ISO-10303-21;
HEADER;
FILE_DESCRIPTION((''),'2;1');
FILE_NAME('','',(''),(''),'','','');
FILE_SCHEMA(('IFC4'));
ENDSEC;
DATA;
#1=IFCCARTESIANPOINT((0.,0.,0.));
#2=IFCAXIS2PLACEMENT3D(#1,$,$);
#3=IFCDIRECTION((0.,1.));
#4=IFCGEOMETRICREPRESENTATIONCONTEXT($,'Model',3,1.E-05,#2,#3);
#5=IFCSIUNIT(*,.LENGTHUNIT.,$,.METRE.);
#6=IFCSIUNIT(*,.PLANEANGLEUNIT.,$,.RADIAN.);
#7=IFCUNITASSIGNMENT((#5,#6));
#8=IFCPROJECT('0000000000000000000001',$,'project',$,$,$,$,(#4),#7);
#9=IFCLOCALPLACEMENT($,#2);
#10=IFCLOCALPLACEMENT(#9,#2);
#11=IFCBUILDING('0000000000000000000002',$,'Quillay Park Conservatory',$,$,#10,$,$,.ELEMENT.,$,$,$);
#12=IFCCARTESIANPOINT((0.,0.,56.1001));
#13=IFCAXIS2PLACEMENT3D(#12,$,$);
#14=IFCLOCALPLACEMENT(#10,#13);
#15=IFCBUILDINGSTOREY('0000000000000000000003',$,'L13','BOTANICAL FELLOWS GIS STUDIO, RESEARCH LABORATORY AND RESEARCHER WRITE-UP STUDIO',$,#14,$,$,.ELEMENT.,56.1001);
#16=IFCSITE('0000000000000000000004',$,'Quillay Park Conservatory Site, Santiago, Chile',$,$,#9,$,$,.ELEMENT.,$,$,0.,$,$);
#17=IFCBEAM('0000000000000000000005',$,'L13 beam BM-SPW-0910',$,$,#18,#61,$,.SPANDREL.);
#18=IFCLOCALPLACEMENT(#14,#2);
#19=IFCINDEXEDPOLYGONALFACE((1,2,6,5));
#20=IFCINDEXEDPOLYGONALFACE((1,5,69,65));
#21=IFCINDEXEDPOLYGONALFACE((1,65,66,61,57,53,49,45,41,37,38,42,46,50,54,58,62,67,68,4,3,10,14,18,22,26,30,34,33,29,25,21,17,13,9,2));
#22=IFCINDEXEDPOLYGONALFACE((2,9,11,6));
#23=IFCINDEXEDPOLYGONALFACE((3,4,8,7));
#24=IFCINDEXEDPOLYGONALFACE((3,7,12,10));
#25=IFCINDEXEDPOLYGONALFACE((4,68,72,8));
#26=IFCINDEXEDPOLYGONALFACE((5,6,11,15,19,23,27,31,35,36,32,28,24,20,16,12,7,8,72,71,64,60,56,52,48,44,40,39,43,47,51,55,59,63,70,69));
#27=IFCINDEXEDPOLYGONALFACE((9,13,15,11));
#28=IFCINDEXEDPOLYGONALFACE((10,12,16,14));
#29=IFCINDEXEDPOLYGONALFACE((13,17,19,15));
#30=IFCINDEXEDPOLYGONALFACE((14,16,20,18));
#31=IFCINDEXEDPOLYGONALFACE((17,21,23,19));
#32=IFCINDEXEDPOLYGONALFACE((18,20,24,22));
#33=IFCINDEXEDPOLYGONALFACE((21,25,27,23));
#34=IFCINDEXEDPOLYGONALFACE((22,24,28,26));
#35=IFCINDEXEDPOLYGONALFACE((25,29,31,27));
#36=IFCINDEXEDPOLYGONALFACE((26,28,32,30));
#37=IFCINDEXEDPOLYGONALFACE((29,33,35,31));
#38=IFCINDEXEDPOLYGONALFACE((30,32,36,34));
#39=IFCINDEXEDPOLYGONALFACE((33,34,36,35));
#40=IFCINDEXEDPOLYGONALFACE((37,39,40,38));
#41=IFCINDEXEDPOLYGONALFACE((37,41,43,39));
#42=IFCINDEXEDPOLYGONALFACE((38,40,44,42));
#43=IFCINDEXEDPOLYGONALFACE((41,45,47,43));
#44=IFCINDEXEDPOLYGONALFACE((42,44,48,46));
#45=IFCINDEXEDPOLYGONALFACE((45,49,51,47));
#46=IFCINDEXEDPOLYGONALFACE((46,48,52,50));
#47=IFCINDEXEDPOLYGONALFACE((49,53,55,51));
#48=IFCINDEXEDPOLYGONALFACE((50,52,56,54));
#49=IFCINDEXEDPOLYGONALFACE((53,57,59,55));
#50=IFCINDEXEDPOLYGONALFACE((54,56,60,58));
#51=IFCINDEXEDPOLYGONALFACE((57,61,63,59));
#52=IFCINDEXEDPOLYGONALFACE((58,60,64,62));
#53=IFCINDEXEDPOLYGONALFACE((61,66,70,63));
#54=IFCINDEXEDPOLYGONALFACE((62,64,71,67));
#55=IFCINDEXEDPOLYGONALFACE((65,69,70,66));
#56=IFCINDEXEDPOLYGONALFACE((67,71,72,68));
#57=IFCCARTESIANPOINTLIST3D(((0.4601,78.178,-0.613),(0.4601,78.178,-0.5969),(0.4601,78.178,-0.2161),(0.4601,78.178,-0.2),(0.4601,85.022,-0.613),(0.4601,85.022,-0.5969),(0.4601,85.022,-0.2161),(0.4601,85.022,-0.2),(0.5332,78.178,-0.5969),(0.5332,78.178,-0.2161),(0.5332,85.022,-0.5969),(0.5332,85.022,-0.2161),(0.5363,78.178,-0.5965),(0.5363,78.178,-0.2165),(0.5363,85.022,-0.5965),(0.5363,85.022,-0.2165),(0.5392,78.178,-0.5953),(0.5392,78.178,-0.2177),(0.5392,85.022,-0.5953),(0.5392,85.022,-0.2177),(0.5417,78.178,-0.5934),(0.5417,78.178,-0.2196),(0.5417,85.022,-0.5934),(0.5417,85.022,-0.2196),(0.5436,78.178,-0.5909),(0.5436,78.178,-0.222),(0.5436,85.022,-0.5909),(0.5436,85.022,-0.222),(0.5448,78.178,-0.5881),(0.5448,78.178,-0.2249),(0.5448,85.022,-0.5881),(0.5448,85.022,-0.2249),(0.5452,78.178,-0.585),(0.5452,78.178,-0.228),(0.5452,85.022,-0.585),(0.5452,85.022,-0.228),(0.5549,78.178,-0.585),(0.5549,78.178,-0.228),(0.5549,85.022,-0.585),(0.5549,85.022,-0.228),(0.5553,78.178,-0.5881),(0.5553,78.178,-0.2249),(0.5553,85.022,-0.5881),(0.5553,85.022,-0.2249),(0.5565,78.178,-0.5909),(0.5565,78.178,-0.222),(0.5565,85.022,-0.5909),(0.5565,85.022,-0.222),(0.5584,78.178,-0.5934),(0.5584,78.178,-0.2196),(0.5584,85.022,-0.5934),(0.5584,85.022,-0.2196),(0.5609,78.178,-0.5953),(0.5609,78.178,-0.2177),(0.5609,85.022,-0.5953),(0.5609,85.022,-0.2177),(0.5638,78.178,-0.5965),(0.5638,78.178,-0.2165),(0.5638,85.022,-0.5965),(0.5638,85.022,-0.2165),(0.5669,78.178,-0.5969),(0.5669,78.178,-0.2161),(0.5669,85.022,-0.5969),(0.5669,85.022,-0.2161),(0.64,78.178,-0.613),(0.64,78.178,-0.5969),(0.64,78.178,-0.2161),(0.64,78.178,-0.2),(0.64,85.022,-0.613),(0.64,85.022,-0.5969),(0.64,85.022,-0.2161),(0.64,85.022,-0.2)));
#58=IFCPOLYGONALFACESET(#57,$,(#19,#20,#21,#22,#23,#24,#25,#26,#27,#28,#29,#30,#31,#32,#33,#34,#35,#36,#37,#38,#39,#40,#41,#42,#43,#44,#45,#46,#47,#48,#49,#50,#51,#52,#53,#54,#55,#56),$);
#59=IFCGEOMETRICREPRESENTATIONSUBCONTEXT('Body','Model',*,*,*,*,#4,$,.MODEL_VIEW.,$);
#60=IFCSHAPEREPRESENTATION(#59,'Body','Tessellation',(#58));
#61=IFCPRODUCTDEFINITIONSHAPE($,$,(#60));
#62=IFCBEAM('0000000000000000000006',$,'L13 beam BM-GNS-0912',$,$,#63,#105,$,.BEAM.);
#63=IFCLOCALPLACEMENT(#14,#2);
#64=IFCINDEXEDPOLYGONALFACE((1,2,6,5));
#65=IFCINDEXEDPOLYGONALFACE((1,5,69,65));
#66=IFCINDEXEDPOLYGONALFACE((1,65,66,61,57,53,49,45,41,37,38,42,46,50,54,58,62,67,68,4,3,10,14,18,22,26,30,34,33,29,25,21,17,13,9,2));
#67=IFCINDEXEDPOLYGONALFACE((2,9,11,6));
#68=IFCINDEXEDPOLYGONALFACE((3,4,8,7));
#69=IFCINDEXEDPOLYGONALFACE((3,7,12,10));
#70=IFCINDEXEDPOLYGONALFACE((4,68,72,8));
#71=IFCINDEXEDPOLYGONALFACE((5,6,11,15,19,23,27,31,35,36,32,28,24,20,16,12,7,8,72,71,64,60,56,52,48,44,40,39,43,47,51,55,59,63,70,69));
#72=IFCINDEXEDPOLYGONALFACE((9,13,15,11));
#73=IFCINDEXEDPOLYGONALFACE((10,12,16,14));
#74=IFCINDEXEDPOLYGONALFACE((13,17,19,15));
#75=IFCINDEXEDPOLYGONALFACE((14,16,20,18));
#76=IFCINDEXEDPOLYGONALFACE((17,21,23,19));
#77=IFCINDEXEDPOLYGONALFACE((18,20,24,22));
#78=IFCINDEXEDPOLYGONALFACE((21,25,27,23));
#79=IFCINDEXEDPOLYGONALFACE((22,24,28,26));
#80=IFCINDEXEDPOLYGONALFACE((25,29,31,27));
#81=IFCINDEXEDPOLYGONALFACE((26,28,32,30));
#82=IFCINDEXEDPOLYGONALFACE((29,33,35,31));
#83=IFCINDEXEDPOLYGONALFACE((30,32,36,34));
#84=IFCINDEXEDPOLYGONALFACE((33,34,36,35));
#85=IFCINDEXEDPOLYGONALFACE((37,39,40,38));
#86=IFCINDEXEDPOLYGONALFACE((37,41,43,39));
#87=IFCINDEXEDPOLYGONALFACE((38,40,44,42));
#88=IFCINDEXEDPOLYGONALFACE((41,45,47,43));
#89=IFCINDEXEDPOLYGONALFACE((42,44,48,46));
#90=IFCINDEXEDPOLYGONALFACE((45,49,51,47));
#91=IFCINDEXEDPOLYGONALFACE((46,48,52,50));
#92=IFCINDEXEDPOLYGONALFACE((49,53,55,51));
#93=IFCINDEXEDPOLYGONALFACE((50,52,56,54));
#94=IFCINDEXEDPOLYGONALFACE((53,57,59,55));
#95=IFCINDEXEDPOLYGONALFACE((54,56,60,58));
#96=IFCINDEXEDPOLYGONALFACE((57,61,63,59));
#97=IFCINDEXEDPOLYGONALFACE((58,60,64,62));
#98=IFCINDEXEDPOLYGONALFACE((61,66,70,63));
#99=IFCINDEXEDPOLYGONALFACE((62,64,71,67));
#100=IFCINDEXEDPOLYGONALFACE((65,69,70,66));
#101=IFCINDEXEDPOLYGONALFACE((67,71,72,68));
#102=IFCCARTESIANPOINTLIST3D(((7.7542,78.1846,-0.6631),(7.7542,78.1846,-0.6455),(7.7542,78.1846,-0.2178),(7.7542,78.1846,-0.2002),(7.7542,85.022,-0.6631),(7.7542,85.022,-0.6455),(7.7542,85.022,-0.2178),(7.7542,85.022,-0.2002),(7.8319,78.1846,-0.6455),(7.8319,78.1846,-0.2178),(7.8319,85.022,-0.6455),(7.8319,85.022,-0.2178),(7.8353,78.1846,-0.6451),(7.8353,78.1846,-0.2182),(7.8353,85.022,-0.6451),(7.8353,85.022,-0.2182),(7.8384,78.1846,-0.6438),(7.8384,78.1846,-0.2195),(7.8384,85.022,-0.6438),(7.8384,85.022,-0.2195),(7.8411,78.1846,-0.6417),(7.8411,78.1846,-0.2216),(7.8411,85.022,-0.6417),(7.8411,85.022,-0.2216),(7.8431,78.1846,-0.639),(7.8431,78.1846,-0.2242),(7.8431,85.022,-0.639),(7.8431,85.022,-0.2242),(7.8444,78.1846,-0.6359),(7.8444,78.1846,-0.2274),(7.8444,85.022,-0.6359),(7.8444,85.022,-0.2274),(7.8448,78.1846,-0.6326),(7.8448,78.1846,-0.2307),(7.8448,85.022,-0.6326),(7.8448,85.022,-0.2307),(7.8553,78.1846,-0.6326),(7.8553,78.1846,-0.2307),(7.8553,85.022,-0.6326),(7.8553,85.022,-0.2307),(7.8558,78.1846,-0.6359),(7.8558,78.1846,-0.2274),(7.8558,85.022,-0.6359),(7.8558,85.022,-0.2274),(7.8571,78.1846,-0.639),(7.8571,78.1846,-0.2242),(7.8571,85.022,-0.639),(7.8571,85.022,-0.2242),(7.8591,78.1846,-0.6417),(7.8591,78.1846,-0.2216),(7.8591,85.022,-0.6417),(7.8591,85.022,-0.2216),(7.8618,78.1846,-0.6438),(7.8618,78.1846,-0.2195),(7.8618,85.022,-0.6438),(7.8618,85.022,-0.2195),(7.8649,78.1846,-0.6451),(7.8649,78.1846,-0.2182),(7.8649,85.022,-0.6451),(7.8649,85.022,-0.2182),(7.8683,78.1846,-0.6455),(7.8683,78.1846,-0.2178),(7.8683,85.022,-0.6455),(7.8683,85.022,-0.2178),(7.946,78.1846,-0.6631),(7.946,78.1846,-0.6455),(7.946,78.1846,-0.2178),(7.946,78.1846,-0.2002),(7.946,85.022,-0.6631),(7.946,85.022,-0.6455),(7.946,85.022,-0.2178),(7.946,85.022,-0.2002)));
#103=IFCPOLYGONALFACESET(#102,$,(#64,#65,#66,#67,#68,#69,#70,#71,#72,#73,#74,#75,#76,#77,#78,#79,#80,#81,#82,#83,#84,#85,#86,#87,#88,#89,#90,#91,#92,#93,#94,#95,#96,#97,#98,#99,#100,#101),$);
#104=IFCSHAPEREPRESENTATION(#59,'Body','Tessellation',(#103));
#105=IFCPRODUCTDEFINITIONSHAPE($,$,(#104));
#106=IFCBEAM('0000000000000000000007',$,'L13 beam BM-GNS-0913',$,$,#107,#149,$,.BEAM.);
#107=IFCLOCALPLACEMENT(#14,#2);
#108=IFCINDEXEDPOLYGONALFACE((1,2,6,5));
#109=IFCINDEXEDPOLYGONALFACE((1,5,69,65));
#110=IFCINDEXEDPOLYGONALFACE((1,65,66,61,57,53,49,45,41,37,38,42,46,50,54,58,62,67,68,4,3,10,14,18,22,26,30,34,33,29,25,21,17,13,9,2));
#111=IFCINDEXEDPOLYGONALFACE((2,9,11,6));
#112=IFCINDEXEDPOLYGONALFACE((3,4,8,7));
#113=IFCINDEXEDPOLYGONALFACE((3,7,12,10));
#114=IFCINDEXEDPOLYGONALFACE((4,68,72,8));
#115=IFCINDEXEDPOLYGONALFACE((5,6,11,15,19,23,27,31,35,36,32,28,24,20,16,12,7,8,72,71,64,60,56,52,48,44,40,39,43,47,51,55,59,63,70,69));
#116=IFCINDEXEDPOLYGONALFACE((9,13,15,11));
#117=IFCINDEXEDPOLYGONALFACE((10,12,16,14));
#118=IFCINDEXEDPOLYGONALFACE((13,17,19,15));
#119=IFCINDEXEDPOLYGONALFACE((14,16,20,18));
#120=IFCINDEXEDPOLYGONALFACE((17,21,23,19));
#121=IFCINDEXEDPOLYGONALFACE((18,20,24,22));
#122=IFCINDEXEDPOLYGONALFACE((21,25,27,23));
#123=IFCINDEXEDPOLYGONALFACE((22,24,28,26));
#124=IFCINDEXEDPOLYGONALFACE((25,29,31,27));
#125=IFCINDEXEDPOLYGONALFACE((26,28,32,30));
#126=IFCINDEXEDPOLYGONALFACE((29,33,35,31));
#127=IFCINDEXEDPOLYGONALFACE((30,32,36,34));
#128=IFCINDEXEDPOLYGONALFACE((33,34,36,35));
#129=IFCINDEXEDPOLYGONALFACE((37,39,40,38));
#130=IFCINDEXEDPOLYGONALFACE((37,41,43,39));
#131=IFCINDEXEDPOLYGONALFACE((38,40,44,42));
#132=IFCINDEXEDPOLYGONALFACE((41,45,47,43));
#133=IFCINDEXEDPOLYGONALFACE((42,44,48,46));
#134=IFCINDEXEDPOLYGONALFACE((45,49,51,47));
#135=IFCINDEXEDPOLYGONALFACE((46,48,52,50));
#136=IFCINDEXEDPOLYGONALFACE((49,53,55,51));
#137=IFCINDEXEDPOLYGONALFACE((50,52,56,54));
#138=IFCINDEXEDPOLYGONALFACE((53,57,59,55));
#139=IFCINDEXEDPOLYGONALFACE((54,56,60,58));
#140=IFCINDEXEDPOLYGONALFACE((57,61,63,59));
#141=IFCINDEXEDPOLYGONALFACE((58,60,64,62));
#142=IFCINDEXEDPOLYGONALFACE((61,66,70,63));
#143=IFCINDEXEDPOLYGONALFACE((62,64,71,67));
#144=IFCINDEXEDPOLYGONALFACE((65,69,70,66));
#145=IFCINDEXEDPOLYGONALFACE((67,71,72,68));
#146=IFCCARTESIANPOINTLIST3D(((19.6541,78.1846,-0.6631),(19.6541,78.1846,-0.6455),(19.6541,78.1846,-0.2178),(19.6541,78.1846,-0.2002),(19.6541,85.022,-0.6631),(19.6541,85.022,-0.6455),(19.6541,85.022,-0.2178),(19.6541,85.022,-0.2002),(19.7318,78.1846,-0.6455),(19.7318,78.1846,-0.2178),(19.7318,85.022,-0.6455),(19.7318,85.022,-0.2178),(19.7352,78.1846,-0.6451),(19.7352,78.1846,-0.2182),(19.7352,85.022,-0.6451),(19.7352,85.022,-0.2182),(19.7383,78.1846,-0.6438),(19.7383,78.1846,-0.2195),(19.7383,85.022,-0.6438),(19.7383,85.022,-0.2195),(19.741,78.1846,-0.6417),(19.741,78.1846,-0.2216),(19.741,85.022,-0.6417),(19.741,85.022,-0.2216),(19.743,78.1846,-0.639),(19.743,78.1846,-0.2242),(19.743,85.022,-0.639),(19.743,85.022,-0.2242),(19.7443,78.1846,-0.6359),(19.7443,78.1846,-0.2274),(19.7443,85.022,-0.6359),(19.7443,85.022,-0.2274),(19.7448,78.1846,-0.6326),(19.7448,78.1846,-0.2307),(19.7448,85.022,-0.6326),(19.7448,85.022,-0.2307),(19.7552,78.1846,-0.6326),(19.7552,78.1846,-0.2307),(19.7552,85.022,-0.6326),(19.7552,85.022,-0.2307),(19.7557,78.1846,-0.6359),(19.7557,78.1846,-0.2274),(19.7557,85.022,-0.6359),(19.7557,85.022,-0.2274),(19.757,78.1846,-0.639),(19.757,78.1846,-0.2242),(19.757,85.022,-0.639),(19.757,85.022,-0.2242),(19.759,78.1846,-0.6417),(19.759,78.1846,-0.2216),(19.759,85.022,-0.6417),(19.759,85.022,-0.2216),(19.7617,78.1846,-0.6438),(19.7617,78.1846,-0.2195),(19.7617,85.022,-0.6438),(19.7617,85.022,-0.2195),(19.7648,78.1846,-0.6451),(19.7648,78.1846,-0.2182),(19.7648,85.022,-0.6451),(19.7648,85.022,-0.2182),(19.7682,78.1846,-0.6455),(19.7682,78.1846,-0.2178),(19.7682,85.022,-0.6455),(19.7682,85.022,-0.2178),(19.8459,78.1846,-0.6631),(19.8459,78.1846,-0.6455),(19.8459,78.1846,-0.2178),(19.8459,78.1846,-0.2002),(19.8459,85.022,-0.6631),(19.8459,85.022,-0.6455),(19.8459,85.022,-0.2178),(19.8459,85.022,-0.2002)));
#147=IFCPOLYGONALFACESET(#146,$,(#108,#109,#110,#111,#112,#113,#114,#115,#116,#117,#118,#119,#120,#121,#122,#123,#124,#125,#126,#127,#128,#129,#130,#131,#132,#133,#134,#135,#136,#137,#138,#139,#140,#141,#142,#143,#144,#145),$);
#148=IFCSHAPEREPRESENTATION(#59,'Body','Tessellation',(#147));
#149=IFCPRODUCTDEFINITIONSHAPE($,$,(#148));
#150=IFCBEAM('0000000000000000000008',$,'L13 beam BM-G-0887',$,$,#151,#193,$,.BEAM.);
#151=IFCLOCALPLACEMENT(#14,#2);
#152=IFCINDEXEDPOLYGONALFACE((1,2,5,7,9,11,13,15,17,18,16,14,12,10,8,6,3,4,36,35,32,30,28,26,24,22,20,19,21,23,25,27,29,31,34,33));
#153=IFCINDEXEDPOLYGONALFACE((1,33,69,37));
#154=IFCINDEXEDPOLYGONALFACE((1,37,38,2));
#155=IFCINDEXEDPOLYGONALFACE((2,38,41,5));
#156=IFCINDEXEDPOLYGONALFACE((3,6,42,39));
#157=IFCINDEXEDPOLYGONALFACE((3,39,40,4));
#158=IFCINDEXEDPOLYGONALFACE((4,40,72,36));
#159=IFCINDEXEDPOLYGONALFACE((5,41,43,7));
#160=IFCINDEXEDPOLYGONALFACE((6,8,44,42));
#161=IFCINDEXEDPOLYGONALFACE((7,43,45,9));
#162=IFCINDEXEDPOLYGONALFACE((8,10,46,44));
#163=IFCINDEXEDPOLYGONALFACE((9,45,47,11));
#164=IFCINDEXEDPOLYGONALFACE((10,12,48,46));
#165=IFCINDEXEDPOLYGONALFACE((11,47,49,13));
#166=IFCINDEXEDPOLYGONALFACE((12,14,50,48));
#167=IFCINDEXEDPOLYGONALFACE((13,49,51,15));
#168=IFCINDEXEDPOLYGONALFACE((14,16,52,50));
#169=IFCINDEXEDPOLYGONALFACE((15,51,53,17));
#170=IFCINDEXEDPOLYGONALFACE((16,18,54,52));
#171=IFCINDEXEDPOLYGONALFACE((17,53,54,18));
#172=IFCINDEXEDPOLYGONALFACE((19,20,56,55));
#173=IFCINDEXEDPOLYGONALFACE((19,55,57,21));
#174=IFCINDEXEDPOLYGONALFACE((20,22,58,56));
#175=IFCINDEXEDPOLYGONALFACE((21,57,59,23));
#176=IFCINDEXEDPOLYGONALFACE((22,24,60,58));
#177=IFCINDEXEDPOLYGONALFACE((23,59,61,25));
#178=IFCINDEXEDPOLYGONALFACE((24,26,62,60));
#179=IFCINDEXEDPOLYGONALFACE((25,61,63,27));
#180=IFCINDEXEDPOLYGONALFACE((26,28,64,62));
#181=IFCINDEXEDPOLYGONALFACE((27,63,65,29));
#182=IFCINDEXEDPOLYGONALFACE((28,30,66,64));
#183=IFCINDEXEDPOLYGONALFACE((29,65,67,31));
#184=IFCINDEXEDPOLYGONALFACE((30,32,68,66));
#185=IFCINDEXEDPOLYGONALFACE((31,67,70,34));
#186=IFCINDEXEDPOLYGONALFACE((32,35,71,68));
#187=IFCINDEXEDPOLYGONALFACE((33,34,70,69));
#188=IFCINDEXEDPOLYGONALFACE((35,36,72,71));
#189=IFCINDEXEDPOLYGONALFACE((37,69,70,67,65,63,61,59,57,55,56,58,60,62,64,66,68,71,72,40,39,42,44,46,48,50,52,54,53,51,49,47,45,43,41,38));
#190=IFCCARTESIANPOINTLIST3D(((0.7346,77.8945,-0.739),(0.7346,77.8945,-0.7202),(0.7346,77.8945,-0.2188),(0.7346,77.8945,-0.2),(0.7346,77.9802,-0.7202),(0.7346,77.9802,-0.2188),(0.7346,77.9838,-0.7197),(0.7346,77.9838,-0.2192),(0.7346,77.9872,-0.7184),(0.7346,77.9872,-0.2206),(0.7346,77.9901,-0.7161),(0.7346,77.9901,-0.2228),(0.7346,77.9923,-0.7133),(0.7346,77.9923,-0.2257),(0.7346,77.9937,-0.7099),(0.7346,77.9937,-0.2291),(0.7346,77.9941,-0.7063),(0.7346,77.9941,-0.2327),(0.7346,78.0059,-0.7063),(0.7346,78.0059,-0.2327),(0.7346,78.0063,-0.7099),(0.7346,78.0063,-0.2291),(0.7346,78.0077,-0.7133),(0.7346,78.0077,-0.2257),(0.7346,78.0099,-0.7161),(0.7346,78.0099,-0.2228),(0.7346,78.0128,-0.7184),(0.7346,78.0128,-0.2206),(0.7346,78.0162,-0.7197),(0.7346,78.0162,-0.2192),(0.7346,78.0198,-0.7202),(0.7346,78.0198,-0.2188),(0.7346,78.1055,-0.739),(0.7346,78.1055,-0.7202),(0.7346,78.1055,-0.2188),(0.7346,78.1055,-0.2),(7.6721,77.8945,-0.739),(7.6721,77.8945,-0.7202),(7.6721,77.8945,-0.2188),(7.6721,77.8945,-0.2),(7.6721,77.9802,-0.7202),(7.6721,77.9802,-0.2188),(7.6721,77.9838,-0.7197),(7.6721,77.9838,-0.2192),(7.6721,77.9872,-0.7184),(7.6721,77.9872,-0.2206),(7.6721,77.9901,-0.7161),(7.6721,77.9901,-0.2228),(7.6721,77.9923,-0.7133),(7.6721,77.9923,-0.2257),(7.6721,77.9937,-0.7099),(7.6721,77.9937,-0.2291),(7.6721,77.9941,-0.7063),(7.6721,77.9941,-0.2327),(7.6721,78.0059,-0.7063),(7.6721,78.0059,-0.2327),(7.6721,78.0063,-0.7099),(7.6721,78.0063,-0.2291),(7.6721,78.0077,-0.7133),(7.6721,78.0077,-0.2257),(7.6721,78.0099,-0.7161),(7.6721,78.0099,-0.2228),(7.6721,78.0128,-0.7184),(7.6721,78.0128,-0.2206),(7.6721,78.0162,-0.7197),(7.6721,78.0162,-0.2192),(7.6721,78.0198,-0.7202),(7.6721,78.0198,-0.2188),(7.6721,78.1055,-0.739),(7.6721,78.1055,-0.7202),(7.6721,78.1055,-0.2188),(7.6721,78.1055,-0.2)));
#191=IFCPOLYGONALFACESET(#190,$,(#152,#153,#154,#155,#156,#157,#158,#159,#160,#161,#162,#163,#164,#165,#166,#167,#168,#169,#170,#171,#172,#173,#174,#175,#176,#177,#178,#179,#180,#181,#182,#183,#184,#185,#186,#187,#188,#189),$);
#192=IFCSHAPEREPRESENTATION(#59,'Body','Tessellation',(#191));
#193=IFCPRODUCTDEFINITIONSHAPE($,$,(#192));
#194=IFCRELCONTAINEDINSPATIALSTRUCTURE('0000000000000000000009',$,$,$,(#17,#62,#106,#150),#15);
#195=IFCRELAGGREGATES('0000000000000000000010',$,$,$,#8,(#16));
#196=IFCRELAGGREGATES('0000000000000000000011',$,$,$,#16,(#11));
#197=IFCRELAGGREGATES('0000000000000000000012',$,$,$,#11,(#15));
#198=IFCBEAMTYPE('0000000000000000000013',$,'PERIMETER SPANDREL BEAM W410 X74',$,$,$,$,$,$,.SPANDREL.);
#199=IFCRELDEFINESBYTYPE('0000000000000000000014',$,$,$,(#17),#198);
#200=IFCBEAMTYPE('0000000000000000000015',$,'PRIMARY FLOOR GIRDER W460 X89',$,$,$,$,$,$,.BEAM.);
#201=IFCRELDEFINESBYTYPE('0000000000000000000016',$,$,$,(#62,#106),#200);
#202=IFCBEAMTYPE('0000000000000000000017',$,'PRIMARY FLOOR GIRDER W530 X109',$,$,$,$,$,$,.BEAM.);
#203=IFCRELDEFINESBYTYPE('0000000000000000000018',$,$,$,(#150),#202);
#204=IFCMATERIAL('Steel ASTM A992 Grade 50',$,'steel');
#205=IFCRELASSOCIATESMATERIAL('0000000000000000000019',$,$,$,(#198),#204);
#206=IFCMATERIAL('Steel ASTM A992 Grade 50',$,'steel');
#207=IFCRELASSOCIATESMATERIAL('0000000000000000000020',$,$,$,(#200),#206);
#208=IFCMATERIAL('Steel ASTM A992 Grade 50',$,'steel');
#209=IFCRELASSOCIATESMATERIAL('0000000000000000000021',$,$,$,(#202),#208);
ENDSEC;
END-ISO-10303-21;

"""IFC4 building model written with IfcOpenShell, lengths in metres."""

from ifc_helpers import new_model, si_unit, direction, frame, origin, origin_2d, place, context, subcontext, project, spatial, i_section, extrude, material, material_profile, profile_set, type_object, element, save


model = new_model("IFC4")

# Units and contexts
model_context = context("Model", 3, precision=1e-05, world=origin(), true_north=direction((0.0, 1.0)))
body_context = subcontext(model_context, "Body", "Model", "MODEL_VIEW")
ifc_project = project(units=[si_unit("LENGTHUNIT", "METRE"), si_unit("PLANEANGLEUNIT", "RADIAN")], contexts=[model_context])

# Site, building, storey
site_placement = place(None, origin())
site = spatial("IfcSite", under=ifc_project, at=site_placement, Name="Quillay Park Conservatory Site, Santiago, Chile", CompositionType="ELEMENT", RefElevation=0.0)
building_placement = place(site_placement, origin())
building = spatial("IfcBuilding", under=site, at=building_placement, Name="Quillay Park Conservatory", CompositionType="ELEMENT")
storey_placement = place(building_placement, frame((0.0, 0.0, 56.1001)))
storey = spatial("IfcBuildingStorey", under=building, at=storey_placement, Name="L13", Description="BOTANICAL FELLOWS GIS STUDIO, RESEARCH LABORATORY AND RESEARCHER WRITE-UP STUDIO", CompositionType="ELEMENT", Elevation=56.1001)

# Beams
ifc_material_1 = material(Name="Steel ASTM A992 Grade 50", Category="steel")
ifc_material_profile_1 = material_profile(ifc_material_1, i_section(OverallWidth=0.1799, OverallDepth=0.4131, WebThickness=0.0098, FlangeThickness=0.0161, FilletRadius=0.012, at=origin_2d()), Name="W410x74")
ifc_profile_set_1 = profile_set([ifc_material_profile_1], Name="Steel ASTM A992 Grade 50")
beam_type_1 = type_object("IfcBeamType", Name="PERIMETER SPANDREL BEAM W410 X74", PredefinedType="SPANDREL", material=ifc_profile_set_1)
beam_1_placement = place(storey_placement, frame((0.55, 78.178, -0.4065), z_axis=(0.0, 1.0, 0.0), x_axis=(-1.0, 0.0, 0.0)))
element("IfcBeam", 1, at=beam_1_placement, inside=storey, type_object=beam_type_1, Name="L13 beam BM-SPW-0910", PredefinedType="SPANDREL", context=body_context, shape_type="SweptSolid", body=[
    extrude(i_section(OverallWidth=0.1799, OverallDepth=0.4131, WebThickness=0.0098, FlangeThickness=0.0161, FilletRadius=0.012, at=origin_2d()), origin(), (0.0, 0.0, 1.0), 6.844),
])
ifc_material_2 = material(Name="Steel ASTM A992 Grade 50", Category="steel")
ifc_material_profile_2 = material_profile(ifc_material_2, i_section(OverallWidth=0.1919, OverallDepth=0.4629, WebThickness=0.0105, FlangeThickness=0.0176, FilletRadius=0.0129, at=origin_2d()), Name="W460x89")
ifc_profile_set_2 = profile_set([ifc_material_profile_2], Name="Steel ASTM A992 Grade 50")
beam_type_2 = type_object("IfcBeamType", Name="PRIMARY FLOOR GIRDER W460 X89", PredefinedType="BEAM", material=ifc_profile_set_2)
for number, where, z_axis, x_axis, name in (
    (2, (7.8501, 78.1846, -0.4316), (0.0, 1.0, 0.0), (-1.0, 0.0, 0.0), "L13 beam BM-GNS-0912"),
    (3, (19.75, 78.1846, -0.4316), (0.0, 1.0, 0.0), (-1.0, 0.0, 0.0), "L13 beam BM-GNS-0913"),
):
    element("IfcBeam", number, at=place(storey_placement, frame(where, z_axis=z_axis, x_axis=x_axis)), inside=storey, type_object=beam_type_2, Name=name, PredefinedType="BEAM", context=body_context, shape_type="SweptSolid", body=[
        extrude(i_section(OverallWidth=0.1919, OverallDepth=0.4629, WebThickness=0.0105, FlangeThickness=0.0176, FilletRadius=0.0129, at=origin_2d()), origin(), (0.0, 0.0, 1.0), 6.8374),
    ])
ifc_material_3 = material(Name="Steel ASTM A992 Grade 50", Category="steel")
ifc_material_profile_3 = material_profile(ifc_material_3, i_section(OverallWidth=0.2109, OverallDepth=0.5391, WebThickness=0.0117, FlangeThickness=0.0188, FilletRadius=0.0139, at=origin_2d()), Name="W530x109")
ifc_profile_set_3 = profile_set([ifc_material_profile_3], Name="Steel ASTM A992 Grade 50")
beam_type_3 = type_object("IfcBeamType", Name="PRIMARY FLOOR GIRDER W530 X109", PredefinedType="BEAM", material=ifc_profile_set_3)
beam_2_placement = place(storey_placement, frame((0.7346, 78.0, -0.4695), z_axis=(1.0, 0.0, 0.0), x_axis=(0.0, 1.0, 0.0)))
element("IfcBeam", 4, at=beam_2_placement, inside=storey, type_object=beam_type_3, Name="L13 beam BM-G-0887", PredefinedType="BEAM", context=body_context, shape_type="SweptSolid", body=[
    extrude(i_section(OverallWidth=0.2109, OverallDepth=0.5391, WebThickness=0.0117, FlangeThickness=0.0188, FilletRadius=0.0139, at=origin_2d()), origin(), (0.0, 0.0, 1.0), 6.9375),
])

save(model, "model.ifc")
